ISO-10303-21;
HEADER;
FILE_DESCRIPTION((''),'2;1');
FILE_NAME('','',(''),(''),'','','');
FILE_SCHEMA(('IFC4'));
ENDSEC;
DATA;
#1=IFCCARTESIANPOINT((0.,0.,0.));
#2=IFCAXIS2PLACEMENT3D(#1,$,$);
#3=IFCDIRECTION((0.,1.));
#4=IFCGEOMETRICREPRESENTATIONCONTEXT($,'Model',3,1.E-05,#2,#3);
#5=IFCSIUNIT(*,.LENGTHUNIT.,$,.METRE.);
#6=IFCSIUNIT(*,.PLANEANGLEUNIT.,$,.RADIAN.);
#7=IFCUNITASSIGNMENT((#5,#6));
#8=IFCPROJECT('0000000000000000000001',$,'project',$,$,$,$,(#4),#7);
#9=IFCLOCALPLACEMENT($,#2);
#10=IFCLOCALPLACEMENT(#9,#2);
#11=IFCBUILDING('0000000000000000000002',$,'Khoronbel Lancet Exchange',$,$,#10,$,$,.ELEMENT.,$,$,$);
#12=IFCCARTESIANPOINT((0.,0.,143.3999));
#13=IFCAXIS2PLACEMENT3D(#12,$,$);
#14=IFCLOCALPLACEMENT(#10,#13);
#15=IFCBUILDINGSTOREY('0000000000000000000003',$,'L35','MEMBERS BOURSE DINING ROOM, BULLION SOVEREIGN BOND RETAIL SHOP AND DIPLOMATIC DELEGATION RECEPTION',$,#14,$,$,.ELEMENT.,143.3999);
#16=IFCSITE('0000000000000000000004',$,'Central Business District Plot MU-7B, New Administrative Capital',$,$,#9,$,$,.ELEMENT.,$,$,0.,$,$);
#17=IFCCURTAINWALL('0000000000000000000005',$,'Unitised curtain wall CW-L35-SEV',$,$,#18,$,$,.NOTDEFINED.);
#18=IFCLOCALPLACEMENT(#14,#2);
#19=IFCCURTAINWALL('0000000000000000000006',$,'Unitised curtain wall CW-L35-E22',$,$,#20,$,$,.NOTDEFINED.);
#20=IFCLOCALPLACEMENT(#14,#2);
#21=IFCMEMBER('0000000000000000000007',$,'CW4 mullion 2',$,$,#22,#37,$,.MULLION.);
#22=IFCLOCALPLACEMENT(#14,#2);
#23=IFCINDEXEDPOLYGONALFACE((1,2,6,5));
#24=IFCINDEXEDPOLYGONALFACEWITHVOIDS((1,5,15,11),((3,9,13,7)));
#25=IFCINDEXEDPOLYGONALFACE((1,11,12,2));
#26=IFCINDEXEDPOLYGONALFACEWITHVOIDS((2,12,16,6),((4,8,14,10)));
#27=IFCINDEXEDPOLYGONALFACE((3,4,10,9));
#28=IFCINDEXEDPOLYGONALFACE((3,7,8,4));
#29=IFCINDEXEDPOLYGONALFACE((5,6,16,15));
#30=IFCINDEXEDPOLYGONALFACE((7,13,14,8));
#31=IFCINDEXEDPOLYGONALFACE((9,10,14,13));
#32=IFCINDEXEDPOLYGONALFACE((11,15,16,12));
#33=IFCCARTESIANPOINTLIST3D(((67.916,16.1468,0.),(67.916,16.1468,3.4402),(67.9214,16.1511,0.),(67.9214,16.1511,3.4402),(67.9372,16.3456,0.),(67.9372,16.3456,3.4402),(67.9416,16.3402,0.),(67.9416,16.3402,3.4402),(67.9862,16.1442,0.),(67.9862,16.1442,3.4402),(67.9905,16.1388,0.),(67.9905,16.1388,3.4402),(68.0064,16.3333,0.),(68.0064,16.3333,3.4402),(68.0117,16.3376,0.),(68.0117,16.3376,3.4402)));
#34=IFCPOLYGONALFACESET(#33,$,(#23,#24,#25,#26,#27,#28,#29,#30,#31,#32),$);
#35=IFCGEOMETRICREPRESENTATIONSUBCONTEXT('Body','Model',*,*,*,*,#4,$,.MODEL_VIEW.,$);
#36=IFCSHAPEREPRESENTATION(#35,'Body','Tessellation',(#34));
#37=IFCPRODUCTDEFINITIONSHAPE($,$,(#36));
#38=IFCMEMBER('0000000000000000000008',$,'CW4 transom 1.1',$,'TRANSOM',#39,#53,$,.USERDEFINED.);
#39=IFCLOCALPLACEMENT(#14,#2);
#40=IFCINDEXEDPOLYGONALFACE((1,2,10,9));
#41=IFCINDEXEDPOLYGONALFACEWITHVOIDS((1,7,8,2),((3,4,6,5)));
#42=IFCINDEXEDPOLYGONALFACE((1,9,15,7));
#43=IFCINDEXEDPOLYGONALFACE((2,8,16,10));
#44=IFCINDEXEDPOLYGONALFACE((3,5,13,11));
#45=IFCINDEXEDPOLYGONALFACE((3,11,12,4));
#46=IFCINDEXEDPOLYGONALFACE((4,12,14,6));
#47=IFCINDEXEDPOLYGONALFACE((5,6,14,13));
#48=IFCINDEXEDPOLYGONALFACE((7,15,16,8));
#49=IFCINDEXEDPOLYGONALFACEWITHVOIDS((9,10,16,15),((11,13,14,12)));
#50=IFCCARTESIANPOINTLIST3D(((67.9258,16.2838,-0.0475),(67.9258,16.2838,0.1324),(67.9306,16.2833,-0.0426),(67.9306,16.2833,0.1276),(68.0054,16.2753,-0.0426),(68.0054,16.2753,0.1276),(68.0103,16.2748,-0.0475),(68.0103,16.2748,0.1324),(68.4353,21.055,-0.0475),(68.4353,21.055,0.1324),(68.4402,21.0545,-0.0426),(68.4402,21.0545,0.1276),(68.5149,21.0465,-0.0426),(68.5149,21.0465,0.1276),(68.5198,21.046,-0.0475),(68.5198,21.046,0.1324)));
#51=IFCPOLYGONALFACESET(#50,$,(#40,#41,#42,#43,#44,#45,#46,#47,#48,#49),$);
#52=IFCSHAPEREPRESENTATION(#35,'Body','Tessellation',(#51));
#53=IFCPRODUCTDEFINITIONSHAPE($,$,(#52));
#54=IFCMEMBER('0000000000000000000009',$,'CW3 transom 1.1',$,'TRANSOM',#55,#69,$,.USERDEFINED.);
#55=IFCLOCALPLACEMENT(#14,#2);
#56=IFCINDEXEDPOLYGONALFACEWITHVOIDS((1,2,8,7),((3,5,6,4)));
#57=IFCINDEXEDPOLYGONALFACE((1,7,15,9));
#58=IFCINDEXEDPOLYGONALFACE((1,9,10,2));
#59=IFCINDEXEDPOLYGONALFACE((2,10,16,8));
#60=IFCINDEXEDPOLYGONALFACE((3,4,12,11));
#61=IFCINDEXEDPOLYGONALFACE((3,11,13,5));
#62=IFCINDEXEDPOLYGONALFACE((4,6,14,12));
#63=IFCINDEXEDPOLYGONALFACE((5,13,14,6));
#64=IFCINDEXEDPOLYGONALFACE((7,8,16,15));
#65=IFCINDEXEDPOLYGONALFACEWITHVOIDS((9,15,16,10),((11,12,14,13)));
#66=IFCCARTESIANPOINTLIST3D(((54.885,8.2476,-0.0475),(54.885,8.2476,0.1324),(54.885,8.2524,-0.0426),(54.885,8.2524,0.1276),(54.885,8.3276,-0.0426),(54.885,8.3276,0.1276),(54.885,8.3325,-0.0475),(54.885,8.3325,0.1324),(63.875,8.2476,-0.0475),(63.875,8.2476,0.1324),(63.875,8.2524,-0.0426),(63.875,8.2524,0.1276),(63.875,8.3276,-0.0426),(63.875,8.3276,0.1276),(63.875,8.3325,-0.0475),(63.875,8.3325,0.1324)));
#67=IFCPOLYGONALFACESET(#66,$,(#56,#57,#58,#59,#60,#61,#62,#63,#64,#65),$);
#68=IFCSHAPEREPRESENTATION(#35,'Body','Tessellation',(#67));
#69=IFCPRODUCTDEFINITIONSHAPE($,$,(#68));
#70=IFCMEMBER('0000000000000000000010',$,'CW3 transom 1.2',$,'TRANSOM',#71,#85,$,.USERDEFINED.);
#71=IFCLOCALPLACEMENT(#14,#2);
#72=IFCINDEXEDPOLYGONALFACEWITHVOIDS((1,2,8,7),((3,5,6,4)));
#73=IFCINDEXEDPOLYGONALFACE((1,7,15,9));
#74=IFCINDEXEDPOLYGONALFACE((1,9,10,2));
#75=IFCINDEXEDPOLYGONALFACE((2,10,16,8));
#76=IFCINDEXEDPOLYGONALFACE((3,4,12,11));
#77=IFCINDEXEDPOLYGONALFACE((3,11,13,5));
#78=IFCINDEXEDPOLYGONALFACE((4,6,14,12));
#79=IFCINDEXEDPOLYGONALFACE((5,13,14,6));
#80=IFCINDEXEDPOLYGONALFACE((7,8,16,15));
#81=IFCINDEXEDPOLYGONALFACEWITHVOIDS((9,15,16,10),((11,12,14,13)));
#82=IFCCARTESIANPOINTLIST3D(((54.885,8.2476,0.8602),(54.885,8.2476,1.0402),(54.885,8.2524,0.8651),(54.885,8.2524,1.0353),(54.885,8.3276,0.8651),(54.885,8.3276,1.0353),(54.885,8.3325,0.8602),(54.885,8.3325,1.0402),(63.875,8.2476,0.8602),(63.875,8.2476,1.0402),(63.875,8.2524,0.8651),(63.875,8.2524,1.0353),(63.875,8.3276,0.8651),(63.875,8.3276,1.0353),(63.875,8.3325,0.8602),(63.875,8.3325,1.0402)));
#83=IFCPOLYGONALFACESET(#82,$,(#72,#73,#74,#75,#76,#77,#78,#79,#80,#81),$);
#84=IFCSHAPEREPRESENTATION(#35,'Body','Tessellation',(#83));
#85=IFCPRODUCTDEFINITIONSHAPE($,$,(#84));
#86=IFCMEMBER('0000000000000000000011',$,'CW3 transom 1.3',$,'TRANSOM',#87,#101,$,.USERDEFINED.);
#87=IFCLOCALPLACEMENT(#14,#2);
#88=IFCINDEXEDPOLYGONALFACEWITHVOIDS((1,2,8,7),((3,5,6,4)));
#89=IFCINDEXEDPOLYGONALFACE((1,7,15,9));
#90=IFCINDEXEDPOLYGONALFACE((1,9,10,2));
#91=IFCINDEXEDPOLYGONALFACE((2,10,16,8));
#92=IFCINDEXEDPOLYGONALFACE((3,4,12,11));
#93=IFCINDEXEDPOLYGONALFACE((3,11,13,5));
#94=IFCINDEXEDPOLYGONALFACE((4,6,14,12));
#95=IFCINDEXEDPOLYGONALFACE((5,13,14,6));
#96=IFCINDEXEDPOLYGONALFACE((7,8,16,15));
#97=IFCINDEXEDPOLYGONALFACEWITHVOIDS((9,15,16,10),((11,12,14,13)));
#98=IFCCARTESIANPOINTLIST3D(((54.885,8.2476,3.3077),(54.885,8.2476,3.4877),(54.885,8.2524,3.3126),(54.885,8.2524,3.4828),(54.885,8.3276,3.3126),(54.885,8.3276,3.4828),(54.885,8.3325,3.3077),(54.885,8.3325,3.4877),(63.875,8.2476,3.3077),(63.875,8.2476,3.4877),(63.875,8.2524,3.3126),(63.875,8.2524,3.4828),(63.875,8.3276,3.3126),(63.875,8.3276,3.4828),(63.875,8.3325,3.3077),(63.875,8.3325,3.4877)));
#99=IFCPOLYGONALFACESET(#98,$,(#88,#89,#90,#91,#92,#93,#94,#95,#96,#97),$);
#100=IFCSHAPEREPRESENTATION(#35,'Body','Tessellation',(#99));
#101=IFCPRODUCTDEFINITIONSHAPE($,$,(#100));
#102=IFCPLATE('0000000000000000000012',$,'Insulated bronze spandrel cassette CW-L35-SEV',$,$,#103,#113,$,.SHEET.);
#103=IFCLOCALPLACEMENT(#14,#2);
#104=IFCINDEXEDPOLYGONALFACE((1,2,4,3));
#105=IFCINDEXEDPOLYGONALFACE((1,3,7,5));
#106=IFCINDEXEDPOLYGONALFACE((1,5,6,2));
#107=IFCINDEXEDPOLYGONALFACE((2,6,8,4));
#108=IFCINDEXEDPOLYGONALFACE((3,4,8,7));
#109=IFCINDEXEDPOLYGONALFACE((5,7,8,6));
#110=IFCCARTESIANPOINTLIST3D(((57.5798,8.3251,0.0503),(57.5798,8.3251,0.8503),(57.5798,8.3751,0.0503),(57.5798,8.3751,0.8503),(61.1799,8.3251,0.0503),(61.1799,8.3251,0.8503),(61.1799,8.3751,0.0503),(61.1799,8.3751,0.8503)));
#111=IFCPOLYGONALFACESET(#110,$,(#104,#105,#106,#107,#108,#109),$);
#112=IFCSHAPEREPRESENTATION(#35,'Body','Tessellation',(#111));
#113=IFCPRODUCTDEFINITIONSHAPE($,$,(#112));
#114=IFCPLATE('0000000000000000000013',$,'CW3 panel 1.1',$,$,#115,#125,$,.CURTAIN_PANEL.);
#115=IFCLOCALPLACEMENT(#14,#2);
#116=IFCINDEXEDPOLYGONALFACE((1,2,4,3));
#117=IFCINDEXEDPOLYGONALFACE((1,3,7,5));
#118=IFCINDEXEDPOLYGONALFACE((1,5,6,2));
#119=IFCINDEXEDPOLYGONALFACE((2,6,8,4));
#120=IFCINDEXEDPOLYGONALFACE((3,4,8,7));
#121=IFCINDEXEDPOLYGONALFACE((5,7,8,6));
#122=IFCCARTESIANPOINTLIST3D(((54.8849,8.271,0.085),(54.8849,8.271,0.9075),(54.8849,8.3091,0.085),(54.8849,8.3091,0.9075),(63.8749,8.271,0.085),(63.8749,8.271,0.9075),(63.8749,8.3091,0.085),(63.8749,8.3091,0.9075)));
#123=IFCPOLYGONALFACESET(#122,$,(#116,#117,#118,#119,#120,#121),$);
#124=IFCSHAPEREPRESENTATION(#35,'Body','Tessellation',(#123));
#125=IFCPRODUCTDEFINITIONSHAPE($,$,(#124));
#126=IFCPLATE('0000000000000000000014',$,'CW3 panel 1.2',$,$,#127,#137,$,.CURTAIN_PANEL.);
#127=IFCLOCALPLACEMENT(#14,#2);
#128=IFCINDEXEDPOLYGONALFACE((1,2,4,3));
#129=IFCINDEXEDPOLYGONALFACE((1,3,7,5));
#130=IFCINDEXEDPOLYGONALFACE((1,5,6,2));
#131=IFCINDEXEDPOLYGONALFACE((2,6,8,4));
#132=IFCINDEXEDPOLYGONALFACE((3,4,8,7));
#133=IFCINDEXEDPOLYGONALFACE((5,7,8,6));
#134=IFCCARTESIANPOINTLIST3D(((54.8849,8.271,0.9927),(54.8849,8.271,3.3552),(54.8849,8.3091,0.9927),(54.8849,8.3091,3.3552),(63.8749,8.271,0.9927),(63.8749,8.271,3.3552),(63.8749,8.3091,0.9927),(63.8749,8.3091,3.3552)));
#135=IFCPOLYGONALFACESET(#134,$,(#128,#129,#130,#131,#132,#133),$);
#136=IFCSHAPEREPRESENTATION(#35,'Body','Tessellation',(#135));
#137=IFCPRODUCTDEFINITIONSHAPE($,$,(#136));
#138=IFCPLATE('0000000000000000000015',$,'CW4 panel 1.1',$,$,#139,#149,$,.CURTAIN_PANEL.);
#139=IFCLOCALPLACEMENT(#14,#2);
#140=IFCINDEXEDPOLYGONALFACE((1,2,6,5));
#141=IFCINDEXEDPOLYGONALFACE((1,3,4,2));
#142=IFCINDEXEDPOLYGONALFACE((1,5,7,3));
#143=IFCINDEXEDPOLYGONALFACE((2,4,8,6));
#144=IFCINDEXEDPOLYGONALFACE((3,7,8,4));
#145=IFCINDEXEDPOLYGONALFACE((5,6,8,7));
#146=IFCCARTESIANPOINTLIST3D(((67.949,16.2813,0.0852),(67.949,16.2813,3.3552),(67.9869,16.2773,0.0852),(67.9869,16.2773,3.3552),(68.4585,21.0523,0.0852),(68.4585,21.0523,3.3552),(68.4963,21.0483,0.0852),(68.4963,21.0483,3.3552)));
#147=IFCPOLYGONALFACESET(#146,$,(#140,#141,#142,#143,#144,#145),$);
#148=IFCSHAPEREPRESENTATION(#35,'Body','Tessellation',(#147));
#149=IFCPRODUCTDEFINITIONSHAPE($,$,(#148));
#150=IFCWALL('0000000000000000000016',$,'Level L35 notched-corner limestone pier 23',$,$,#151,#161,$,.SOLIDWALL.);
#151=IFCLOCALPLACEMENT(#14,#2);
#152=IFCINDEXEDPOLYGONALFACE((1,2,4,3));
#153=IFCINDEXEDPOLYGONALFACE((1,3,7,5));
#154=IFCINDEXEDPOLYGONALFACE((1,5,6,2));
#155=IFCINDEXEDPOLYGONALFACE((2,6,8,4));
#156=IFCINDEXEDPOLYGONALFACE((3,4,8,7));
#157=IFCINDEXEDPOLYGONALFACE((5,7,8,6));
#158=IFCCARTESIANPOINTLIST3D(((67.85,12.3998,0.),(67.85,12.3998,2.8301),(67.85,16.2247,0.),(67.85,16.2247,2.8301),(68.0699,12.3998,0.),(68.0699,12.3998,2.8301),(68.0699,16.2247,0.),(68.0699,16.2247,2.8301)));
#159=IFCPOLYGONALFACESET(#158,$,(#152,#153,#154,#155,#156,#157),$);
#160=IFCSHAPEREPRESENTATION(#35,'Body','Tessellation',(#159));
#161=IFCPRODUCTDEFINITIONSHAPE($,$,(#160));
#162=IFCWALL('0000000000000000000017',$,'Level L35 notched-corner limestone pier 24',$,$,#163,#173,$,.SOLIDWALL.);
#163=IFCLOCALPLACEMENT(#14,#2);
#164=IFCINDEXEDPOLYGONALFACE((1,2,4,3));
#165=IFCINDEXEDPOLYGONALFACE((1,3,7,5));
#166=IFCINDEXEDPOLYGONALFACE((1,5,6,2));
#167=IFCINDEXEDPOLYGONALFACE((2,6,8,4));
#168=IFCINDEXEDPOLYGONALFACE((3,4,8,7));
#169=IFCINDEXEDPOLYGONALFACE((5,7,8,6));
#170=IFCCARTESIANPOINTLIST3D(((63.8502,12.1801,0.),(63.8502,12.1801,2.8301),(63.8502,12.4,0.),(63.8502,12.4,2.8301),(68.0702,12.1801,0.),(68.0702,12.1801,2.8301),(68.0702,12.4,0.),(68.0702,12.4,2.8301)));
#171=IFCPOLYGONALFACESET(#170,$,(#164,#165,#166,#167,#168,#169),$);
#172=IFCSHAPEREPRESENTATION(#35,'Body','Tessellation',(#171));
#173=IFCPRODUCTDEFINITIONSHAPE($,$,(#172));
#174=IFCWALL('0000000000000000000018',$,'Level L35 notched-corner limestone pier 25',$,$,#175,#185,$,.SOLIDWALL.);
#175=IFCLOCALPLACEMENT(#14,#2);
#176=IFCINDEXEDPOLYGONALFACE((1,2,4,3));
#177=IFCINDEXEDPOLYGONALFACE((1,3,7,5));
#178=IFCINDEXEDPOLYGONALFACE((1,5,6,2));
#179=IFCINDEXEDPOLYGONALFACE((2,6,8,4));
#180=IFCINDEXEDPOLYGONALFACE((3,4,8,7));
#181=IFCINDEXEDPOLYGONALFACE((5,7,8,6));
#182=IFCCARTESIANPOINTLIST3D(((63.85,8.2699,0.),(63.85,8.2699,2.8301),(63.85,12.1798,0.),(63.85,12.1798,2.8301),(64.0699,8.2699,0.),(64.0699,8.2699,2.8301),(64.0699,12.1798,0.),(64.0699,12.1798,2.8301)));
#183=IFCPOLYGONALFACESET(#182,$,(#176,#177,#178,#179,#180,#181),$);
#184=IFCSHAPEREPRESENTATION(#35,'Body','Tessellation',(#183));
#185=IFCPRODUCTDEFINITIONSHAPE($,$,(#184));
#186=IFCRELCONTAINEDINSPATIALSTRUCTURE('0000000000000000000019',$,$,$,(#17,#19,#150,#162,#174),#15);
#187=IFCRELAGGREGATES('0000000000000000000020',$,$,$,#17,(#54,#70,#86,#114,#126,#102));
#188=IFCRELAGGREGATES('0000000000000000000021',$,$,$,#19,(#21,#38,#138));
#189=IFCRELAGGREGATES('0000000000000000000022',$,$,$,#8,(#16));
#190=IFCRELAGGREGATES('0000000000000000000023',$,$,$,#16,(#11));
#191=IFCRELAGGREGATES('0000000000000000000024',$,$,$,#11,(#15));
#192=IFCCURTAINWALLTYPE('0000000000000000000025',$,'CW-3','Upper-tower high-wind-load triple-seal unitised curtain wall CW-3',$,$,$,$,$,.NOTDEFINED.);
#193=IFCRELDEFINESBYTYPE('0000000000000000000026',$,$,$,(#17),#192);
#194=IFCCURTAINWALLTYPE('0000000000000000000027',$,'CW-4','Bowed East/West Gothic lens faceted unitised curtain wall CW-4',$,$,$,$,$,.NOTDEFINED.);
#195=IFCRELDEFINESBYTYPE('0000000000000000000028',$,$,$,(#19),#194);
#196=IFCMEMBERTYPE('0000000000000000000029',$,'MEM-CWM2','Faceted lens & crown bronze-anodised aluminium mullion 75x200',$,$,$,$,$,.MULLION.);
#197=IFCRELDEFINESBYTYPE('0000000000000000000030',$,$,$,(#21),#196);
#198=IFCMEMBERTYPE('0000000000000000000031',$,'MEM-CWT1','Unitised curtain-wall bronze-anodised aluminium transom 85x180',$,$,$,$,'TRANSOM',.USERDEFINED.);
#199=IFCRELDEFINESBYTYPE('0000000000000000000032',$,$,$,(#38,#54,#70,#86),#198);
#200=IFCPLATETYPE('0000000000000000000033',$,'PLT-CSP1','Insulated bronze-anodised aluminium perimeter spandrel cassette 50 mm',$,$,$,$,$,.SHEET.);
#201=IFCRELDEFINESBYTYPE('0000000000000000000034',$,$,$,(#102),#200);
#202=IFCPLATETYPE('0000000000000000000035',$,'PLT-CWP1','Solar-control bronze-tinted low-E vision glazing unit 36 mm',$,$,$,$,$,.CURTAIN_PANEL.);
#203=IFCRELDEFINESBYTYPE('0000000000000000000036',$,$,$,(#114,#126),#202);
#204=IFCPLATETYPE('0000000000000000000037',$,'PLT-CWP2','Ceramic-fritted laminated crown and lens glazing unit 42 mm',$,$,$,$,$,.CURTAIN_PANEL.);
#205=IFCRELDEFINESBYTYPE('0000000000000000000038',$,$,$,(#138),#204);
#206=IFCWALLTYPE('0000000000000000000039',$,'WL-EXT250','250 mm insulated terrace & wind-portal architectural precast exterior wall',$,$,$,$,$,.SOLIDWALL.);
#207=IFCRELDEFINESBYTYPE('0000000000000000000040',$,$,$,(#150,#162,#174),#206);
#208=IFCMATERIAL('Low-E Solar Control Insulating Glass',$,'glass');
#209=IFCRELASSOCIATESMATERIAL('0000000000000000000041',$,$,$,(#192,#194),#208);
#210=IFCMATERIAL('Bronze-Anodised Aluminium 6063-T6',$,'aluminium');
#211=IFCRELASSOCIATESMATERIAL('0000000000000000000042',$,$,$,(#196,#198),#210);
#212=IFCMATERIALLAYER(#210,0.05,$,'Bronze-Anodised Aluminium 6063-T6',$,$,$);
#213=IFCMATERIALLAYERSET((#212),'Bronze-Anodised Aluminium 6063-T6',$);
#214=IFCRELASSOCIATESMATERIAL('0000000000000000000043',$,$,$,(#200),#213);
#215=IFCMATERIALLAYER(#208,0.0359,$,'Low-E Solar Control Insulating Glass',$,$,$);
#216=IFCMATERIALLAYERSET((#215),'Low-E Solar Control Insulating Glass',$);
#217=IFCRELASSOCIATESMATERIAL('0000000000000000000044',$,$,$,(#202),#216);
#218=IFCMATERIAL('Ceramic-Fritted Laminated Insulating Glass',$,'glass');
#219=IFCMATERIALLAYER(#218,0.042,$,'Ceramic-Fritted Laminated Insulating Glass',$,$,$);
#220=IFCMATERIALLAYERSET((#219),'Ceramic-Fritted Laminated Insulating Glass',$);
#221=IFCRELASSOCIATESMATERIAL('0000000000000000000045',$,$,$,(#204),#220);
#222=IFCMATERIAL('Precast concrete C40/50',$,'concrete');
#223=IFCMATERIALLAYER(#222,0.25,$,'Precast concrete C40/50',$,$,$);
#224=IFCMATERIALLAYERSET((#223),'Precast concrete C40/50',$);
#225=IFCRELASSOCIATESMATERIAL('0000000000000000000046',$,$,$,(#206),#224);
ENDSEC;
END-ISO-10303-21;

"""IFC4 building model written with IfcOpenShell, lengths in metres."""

from ifc_helpers import new_model, si_unit, direction, frame, frame_2d, origin, origin_2d, place, context, subcontext, project, spatial, rectangle, hollow_rectangle, extrude, material, layer, layer_set, material_profile, profile_set, type_object, element, aggregate, save


model = new_model("IFC4")

# Units and contexts
model_context = context("Model", 3, precision=1e-05, world=origin(), true_north=direction((0.0, 1.0)))
body_context = subcontext(model_context, "Body", "Model", "MODEL_VIEW")
ifc_project = project(units=[si_unit("LENGTHUNIT", "METRE"), si_unit("PLANEANGLEUNIT", "RADIAN")], contexts=[model_context])

# Site, building, storey
site_placement = place(None, origin())
site = spatial("IfcSite", under=ifc_project, at=site_placement, Name="Central Business District Plot MU-7B, New Administrative Capital", CompositionType="ELEMENT", RefElevation=0.0)
building_placement = place(site_placement, origin())
building = spatial("IfcBuilding", under=site, at=building_placement, Name="Khoronbel Lancet Exchange", CompositionType="ELEMENT")
storey_placement = place(building_placement, frame((0.0, 0.0, 143.3999)))
storey = spatial("IfcBuildingStorey", under=building, at=storey_placement, Name="L35", Description="MEMBERS BOURSE DINING ROOM, BULLION SOVEREIGN BOND RETAIL SHOP AND DIPLOMATIC DELEGATION RECEPTION", CompositionType="ELEMENT", Elevation=143.3999)

# Shared definitions
ifc_material_1 = material(Name="Low-E Solar Control Insulating Glass", Category="glass")
curtain_wall_type_1 = type_object("IfcCurtainWallType", Name="CW-3", Description="Upper-tower high-wind-load triple-seal unitised curtain wall CW-3", PredefinedType="NOTDEFINED", material=ifc_material_1)
ifc_material_2 = material(Name="Bronze-Anodised Aluminium 6063-T6", Category="aluminium")

# Curtain walls, members
curtain_wall_1_placement = place(storey_placement, origin())
curtain_wall_1 = element("IfcCurtainWall", 1, at=curtain_wall_1_placement, inside=storey, type_object=curtain_wall_type_1, Name="Unitised curtain wall CW-L35-SEV", PredefinedType="NOTDEFINED")
curtain_wall_type_2 = type_object("IfcCurtainWallType", Name="CW-4", Description="Bowed East/West Gothic lens faceted unitised curtain wall CW-4", PredefinedType="NOTDEFINED", material=ifc_material_1)
curtain_wall_2_placement = place(storey_placement, origin())
curtain_wall_2 = element("IfcCurtainWall", 2, at=curtain_wall_2_placement, inside=storey, type_object=curtain_wall_type_2, Name="Unitised curtain wall CW-L35-E22", PredefinedType="NOTDEFINED")
ifc_material_profile_1 = material_profile(ifc_material_2, hollow_rectangle(XDim=0.075, YDim=0.2, WallThickness=0.0049, at=origin_2d()), Name="ALU MULLION 75x200")
ifc_profile_set_1 = profile_set([ifc_material_profile_1], Name="Bronze-Anodised Aluminium 6063-T6")
member_type_1 = type_object("IfcMemberType", Name="MEM-CWM2", Description="Faceted lens & crown bronze-anodised aluminium mullion 75x200", PredefinedType="MULLION", material=ifc_profile_set_1)
member_1_placement = place(storey_placement, frame((67.9639, 16.2422, 0.0), z_axis=(0.0, 0.0, 1.0), x_axis=(0.994347, -0.106181, 0.0)))
member_1 = element("IfcMember", 3, at=member_1_placement, type_object=member_type_1, Name="CW4 mullion 2", PredefinedType="MULLION", context=body_context, shape_type="SweptSolid", body=[
    extrude(hollow_rectangle(XDim=0.075, YDim=0.2, WallThickness=0.0049, at=origin_2d()), origin(), (0.0, 0.0, 1.0), 3.4402),
])
ifc_material_profile_2 = material_profile(ifc_material_2, hollow_rectangle(XDim=0.085, YDim=0.1799, WallThickness=0.0049, at=origin_2d()), Name="ALU TRANSOM 85x180")
ifc_profile_set_2 = profile_set([ifc_material_profile_2], Name="Bronze-Anodised Aluminium 6063-T6")
member_type_2 = type_object("IfcMemberType", Name="MEM-CWT1", Description="Unitised curtain-wall bronze-anodised aluminium transom 85x180", ElementType="TRANSOM", PredefinedType="USERDEFINED", material=ifc_profile_set_2)
member_2_placement = place(storey_placement, frame((68.4775, 21.0505, 0.0425), z_axis=(-0.106186, -0.994346, 0.0), x_axis=(0.994346, -0.106186, 0.0)))
member_2 = element("IfcMember", 4, at=member_2_placement, type_object=member_type_2, Name="CW4 transom 1.1", ObjectType="TRANSOM", PredefinedType="USERDEFINED", context=body_context, shape_type="SweptSolid", body=[
    extrude(hollow_rectangle(XDim=0.085, YDim=0.1799, WallThickness=0.0049, at=origin_2d()), origin(), (0.0, 0.0, 1.0), 4.7983),
])

# Members
member_3_placement = place(storey_placement, frame((54.885, 8.29, 0.0425), z_axis=(1.0, 0.0, 0.0), x_axis=(0.0, 1.0, 0.0)))
member_3 = element("IfcMember", 5, at=member_3_placement, type_object=member_type_2, Name="CW3 transom 1.1", ObjectType="TRANSOM", PredefinedType="USERDEFINED", context=body_context, shape_type="SweptSolid", body=[
    extrude(hollow_rectangle(XDim=0.085, YDim=0.1799, WallThickness=0.0049, at=origin_2d()), origin(), (0.0, 0.0, 1.0), 8.99),
])
member_4_placement = place(storey_placement, frame((54.885, 8.29, 0.9502), z_axis=(1.0, 0.0, 0.0), x_axis=(0.0, 1.0, 0.0)))
member_4 = element("IfcMember", 6, at=member_4_placement, type_object=member_type_2, Name="CW3 transom 1.2", ObjectType="TRANSOM", PredefinedType="USERDEFINED", context=body_context, shape_type="SweptSolid", body=[
    extrude(hollow_rectangle(XDim=0.085, YDim=0.1799, WallThickness=0.0049, at=origin_2d()), origin(), (0.0, 0.0, 1.0), 8.99),
])
member_5_placement = place(storey_placement, frame((54.885, 8.29, 3.3977), z_axis=(1.0, 0.0, 0.0), x_axis=(0.0, 1.0, 0.0)))
member_5 = element("IfcMember", 7, at=member_5_placement, type_object=member_type_2, Name="CW3 transom 1.3", ObjectType="TRANSOM", PredefinedType="USERDEFINED", context=body_context, shape_type="SweptSolid", body=[
    extrude(hollow_rectangle(XDim=0.085, YDim=0.1799, WallThickness=0.0049, at=origin_2d()), origin(), (0.0, 0.0, 1.0), 8.99),
])

# Plates
ifc_layer_1 = layer(ifc_material_2, 0.05, Name="Bronze-Anodised Aluminium 6063-T6")
ifc_layer_set_1 = layer_set([ifc_layer_1], Name="Bronze-Anodised Aluminium 6063-T6")
plate_type_1 = type_object("IfcPlateType", Name="PLT-CSP1", Description="Insulated bronze-anodised aluminium perimeter spandrel cassette 50 mm", PredefinedType="SHEET", material=ifc_layer_set_1)
plate_1_placement = place(storey_placement, frame((59.3799, 8.3501, 0.0503), z_axis=(0.0, 0.0, 1.0), x_axis=(1.0, 0.0, 0.0)))
plate_1 = element("IfcPlate", 8, at=plate_1_placement, type_object=plate_type_1, Name="Insulated bronze spandrel cassette CW-L35-SEV", PredefinedType="SHEET", context=body_context, shape_type="SweptSolid", body=[
    extrude(rectangle(XDim=3.6001, YDim=0.05, at=origin_2d()), origin(), (0.0, 0.0, 1.0), 0.8),
])
ifc_layer_2 = layer(ifc_material_1, 0.0359, Name="Low-E Solar Control Insulating Glass")
ifc_layer_set_2 = layer_set([ifc_layer_2], Name="Low-E Solar Control Insulating Glass")
plate_type_2 = type_object("IfcPlateType", Name="PLT-CWP1", Description="Solar-control bronze-tinted low-E vision glazing unit 36 mm", PredefinedType="CURTAIN_PANEL", material=ifc_layer_set_2)
plate_2_placement = place(storey_placement, frame((59.3799, 8.29, 0.085), z_axis=(0.0, 0.0, 1.0), x_axis=(1.0, 0.0, 0.0)))
plate_2 = element("IfcPlate", 9, at=plate_2_placement, type_object=plate_type_2, Name="CW3 panel 1.1", PredefinedType="CURTAIN_PANEL", context=body_context, shape_type="SweptSolid", body=[
    extrude(rectangle(XDim=8.99, YDim=0.0381, at=origin_2d()), origin(), (0.0, 0.0, 1.0), 0.8225),
])
plate_3_placement = place(storey_placement, frame((59.3799, 8.29, 0.9927), z_axis=(0.0, 0.0, 1.0), x_axis=(1.0, 0.0, 0.0)))
plate_3 = element("IfcPlate", 10, at=plate_3_placement, type_object=plate_type_2, Name="CW3 panel 1.2", PredefinedType="CURTAIN_PANEL", context=body_context, shape_type="SweptSolid", body=[
    extrude(rectangle(XDim=8.99, YDim=0.0381, at=origin_2d()), origin(), (0.0, 0.0, 1.0), 2.3625),
])
aggregate(curtain_wall_1, [member_3, member_4, member_5, plate_2, plate_3, plate_1])
ifc_material_3 = material(Name="Ceramic-Fritted Laminated Insulating Glass", Category="glass")
ifc_layer_3 = layer(ifc_material_3, 0.042, Name="Ceramic-Fritted Laminated Insulating Glass")
ifc_layer_set_3 = layer_set([ifc_layer_3], Name="Ceramic-Fritted Laminated Insulating Glass")
plate_type_3 = type_object("IfcPlateType", Name="PLT-CWP2", Description="Ceramic-fritted laminated crown and lens glazing unit 42 mm", PredefinedType="CURTAIN_PANEL", material=ifc_layer_set_3)
plate_4_placement = place(storey_placement, frame((68.2227, 18.6648, 0.0852), z_axis=(0.0, 0.0, 1.0), x_axis=(-0.106181, -0.994347, 0.0)))
plate_4 = element("IfcPlate", 11, at=plate_4_placement, type_object=plate_type_3, Name="CW4 panel 1.1", PredefinedType="CURTAIN_PANEL", context=body_context, shape_type="SweptSolid", body=[
    extrude(rectangle(XDim=4.7981, YDim=0.0381, at=origin_2d()), origin(), (0.0, 0.0, 1.0), 3.27),
])
aggregate(curtain_wall_2, [member_1, member_2, plate_4])

# Walls
ifc_material_4 = material(Name="Precast concrete C40/50", Category="concrete")
ifc_layer_4 = layer(ifc_material_4, 0.25, Name="Precast concrete C40/50")
ifc_layer_set_4 = layer_set([ifc_layer_4], Name="Precast concrete C40/50")
wall_type_1 = type_object("IfcWallType", Name="WL-EXT250", Description="250 mm insulated terrace & wind-portal architectural precast exterior wall", PredefinedType="SOLIDWALL", material=ifc_layer_set_4)
wall_1_placement = place(storey_placement, frame((67.96, 16.2249, 0.0), z_axis=(0.0, 0.0, 1.0), x_axis=(0.0, -1.0, 0.0)))
element("IfcWall", 12, at=wall_1_placement, inside=storey, type_object=wall_type_1, Name="Level L35 notched-corner limestone pier 23", PredefinedType="SOLIDWALL", context=body_context, shape_type="SweptSolid", body=[
    extrude(rectangle(XDim=3.825, YDim=0.22, at=frame_2d((1.9126, 0.0))), origin(), (0.0, 0.0, 1.0), 2.8301),
])
wall_2_placement = place(storey_placement, frame((68.0701, 12.29, 0.0), z_axis=(0.0, 0.0, 1.0), x_axis=(-1.0, 0.0, 0.0)))
element("IfcWall", 13, at=wall_2_placement, inside=storey, type_object=wall_type_1, Name="Level L35 notched-corner limestone pier 24", PredefinedType="SOLIDWALL", context=body_context, shape_type="SweptSolid", body=[
    extrude(rectangle(XDim=4.22, YDim=0.22, at=frame_2d((2.1099, 0.0))), origin(), (0.0, 0.0, 1.0), 2.8301),
])
wall_3_placement = place(storey_placement, frame((63.96, 12.1799, 0.0), z_axis=(0.0, 0.0, 1.0), x_axis=(0.0, -1.0, 0.0)))
element("IfcWall", 14, at=wall_3_placement, inside=storey, type_object=wall_type_1, Name="Level L35 notched-corner limestone pier 25", PredefinedType="SOLIDWALL", context=body_context, shape_type="SweptSolid", body=[
    extrude(rectangle(XDim=3.9099, YDim=0.22, at=frame_2d((1.9551, 0.0))), origin(), (0.0, 0.0, 1.0), 2.8301),
])

save(model, "model.ifc")
